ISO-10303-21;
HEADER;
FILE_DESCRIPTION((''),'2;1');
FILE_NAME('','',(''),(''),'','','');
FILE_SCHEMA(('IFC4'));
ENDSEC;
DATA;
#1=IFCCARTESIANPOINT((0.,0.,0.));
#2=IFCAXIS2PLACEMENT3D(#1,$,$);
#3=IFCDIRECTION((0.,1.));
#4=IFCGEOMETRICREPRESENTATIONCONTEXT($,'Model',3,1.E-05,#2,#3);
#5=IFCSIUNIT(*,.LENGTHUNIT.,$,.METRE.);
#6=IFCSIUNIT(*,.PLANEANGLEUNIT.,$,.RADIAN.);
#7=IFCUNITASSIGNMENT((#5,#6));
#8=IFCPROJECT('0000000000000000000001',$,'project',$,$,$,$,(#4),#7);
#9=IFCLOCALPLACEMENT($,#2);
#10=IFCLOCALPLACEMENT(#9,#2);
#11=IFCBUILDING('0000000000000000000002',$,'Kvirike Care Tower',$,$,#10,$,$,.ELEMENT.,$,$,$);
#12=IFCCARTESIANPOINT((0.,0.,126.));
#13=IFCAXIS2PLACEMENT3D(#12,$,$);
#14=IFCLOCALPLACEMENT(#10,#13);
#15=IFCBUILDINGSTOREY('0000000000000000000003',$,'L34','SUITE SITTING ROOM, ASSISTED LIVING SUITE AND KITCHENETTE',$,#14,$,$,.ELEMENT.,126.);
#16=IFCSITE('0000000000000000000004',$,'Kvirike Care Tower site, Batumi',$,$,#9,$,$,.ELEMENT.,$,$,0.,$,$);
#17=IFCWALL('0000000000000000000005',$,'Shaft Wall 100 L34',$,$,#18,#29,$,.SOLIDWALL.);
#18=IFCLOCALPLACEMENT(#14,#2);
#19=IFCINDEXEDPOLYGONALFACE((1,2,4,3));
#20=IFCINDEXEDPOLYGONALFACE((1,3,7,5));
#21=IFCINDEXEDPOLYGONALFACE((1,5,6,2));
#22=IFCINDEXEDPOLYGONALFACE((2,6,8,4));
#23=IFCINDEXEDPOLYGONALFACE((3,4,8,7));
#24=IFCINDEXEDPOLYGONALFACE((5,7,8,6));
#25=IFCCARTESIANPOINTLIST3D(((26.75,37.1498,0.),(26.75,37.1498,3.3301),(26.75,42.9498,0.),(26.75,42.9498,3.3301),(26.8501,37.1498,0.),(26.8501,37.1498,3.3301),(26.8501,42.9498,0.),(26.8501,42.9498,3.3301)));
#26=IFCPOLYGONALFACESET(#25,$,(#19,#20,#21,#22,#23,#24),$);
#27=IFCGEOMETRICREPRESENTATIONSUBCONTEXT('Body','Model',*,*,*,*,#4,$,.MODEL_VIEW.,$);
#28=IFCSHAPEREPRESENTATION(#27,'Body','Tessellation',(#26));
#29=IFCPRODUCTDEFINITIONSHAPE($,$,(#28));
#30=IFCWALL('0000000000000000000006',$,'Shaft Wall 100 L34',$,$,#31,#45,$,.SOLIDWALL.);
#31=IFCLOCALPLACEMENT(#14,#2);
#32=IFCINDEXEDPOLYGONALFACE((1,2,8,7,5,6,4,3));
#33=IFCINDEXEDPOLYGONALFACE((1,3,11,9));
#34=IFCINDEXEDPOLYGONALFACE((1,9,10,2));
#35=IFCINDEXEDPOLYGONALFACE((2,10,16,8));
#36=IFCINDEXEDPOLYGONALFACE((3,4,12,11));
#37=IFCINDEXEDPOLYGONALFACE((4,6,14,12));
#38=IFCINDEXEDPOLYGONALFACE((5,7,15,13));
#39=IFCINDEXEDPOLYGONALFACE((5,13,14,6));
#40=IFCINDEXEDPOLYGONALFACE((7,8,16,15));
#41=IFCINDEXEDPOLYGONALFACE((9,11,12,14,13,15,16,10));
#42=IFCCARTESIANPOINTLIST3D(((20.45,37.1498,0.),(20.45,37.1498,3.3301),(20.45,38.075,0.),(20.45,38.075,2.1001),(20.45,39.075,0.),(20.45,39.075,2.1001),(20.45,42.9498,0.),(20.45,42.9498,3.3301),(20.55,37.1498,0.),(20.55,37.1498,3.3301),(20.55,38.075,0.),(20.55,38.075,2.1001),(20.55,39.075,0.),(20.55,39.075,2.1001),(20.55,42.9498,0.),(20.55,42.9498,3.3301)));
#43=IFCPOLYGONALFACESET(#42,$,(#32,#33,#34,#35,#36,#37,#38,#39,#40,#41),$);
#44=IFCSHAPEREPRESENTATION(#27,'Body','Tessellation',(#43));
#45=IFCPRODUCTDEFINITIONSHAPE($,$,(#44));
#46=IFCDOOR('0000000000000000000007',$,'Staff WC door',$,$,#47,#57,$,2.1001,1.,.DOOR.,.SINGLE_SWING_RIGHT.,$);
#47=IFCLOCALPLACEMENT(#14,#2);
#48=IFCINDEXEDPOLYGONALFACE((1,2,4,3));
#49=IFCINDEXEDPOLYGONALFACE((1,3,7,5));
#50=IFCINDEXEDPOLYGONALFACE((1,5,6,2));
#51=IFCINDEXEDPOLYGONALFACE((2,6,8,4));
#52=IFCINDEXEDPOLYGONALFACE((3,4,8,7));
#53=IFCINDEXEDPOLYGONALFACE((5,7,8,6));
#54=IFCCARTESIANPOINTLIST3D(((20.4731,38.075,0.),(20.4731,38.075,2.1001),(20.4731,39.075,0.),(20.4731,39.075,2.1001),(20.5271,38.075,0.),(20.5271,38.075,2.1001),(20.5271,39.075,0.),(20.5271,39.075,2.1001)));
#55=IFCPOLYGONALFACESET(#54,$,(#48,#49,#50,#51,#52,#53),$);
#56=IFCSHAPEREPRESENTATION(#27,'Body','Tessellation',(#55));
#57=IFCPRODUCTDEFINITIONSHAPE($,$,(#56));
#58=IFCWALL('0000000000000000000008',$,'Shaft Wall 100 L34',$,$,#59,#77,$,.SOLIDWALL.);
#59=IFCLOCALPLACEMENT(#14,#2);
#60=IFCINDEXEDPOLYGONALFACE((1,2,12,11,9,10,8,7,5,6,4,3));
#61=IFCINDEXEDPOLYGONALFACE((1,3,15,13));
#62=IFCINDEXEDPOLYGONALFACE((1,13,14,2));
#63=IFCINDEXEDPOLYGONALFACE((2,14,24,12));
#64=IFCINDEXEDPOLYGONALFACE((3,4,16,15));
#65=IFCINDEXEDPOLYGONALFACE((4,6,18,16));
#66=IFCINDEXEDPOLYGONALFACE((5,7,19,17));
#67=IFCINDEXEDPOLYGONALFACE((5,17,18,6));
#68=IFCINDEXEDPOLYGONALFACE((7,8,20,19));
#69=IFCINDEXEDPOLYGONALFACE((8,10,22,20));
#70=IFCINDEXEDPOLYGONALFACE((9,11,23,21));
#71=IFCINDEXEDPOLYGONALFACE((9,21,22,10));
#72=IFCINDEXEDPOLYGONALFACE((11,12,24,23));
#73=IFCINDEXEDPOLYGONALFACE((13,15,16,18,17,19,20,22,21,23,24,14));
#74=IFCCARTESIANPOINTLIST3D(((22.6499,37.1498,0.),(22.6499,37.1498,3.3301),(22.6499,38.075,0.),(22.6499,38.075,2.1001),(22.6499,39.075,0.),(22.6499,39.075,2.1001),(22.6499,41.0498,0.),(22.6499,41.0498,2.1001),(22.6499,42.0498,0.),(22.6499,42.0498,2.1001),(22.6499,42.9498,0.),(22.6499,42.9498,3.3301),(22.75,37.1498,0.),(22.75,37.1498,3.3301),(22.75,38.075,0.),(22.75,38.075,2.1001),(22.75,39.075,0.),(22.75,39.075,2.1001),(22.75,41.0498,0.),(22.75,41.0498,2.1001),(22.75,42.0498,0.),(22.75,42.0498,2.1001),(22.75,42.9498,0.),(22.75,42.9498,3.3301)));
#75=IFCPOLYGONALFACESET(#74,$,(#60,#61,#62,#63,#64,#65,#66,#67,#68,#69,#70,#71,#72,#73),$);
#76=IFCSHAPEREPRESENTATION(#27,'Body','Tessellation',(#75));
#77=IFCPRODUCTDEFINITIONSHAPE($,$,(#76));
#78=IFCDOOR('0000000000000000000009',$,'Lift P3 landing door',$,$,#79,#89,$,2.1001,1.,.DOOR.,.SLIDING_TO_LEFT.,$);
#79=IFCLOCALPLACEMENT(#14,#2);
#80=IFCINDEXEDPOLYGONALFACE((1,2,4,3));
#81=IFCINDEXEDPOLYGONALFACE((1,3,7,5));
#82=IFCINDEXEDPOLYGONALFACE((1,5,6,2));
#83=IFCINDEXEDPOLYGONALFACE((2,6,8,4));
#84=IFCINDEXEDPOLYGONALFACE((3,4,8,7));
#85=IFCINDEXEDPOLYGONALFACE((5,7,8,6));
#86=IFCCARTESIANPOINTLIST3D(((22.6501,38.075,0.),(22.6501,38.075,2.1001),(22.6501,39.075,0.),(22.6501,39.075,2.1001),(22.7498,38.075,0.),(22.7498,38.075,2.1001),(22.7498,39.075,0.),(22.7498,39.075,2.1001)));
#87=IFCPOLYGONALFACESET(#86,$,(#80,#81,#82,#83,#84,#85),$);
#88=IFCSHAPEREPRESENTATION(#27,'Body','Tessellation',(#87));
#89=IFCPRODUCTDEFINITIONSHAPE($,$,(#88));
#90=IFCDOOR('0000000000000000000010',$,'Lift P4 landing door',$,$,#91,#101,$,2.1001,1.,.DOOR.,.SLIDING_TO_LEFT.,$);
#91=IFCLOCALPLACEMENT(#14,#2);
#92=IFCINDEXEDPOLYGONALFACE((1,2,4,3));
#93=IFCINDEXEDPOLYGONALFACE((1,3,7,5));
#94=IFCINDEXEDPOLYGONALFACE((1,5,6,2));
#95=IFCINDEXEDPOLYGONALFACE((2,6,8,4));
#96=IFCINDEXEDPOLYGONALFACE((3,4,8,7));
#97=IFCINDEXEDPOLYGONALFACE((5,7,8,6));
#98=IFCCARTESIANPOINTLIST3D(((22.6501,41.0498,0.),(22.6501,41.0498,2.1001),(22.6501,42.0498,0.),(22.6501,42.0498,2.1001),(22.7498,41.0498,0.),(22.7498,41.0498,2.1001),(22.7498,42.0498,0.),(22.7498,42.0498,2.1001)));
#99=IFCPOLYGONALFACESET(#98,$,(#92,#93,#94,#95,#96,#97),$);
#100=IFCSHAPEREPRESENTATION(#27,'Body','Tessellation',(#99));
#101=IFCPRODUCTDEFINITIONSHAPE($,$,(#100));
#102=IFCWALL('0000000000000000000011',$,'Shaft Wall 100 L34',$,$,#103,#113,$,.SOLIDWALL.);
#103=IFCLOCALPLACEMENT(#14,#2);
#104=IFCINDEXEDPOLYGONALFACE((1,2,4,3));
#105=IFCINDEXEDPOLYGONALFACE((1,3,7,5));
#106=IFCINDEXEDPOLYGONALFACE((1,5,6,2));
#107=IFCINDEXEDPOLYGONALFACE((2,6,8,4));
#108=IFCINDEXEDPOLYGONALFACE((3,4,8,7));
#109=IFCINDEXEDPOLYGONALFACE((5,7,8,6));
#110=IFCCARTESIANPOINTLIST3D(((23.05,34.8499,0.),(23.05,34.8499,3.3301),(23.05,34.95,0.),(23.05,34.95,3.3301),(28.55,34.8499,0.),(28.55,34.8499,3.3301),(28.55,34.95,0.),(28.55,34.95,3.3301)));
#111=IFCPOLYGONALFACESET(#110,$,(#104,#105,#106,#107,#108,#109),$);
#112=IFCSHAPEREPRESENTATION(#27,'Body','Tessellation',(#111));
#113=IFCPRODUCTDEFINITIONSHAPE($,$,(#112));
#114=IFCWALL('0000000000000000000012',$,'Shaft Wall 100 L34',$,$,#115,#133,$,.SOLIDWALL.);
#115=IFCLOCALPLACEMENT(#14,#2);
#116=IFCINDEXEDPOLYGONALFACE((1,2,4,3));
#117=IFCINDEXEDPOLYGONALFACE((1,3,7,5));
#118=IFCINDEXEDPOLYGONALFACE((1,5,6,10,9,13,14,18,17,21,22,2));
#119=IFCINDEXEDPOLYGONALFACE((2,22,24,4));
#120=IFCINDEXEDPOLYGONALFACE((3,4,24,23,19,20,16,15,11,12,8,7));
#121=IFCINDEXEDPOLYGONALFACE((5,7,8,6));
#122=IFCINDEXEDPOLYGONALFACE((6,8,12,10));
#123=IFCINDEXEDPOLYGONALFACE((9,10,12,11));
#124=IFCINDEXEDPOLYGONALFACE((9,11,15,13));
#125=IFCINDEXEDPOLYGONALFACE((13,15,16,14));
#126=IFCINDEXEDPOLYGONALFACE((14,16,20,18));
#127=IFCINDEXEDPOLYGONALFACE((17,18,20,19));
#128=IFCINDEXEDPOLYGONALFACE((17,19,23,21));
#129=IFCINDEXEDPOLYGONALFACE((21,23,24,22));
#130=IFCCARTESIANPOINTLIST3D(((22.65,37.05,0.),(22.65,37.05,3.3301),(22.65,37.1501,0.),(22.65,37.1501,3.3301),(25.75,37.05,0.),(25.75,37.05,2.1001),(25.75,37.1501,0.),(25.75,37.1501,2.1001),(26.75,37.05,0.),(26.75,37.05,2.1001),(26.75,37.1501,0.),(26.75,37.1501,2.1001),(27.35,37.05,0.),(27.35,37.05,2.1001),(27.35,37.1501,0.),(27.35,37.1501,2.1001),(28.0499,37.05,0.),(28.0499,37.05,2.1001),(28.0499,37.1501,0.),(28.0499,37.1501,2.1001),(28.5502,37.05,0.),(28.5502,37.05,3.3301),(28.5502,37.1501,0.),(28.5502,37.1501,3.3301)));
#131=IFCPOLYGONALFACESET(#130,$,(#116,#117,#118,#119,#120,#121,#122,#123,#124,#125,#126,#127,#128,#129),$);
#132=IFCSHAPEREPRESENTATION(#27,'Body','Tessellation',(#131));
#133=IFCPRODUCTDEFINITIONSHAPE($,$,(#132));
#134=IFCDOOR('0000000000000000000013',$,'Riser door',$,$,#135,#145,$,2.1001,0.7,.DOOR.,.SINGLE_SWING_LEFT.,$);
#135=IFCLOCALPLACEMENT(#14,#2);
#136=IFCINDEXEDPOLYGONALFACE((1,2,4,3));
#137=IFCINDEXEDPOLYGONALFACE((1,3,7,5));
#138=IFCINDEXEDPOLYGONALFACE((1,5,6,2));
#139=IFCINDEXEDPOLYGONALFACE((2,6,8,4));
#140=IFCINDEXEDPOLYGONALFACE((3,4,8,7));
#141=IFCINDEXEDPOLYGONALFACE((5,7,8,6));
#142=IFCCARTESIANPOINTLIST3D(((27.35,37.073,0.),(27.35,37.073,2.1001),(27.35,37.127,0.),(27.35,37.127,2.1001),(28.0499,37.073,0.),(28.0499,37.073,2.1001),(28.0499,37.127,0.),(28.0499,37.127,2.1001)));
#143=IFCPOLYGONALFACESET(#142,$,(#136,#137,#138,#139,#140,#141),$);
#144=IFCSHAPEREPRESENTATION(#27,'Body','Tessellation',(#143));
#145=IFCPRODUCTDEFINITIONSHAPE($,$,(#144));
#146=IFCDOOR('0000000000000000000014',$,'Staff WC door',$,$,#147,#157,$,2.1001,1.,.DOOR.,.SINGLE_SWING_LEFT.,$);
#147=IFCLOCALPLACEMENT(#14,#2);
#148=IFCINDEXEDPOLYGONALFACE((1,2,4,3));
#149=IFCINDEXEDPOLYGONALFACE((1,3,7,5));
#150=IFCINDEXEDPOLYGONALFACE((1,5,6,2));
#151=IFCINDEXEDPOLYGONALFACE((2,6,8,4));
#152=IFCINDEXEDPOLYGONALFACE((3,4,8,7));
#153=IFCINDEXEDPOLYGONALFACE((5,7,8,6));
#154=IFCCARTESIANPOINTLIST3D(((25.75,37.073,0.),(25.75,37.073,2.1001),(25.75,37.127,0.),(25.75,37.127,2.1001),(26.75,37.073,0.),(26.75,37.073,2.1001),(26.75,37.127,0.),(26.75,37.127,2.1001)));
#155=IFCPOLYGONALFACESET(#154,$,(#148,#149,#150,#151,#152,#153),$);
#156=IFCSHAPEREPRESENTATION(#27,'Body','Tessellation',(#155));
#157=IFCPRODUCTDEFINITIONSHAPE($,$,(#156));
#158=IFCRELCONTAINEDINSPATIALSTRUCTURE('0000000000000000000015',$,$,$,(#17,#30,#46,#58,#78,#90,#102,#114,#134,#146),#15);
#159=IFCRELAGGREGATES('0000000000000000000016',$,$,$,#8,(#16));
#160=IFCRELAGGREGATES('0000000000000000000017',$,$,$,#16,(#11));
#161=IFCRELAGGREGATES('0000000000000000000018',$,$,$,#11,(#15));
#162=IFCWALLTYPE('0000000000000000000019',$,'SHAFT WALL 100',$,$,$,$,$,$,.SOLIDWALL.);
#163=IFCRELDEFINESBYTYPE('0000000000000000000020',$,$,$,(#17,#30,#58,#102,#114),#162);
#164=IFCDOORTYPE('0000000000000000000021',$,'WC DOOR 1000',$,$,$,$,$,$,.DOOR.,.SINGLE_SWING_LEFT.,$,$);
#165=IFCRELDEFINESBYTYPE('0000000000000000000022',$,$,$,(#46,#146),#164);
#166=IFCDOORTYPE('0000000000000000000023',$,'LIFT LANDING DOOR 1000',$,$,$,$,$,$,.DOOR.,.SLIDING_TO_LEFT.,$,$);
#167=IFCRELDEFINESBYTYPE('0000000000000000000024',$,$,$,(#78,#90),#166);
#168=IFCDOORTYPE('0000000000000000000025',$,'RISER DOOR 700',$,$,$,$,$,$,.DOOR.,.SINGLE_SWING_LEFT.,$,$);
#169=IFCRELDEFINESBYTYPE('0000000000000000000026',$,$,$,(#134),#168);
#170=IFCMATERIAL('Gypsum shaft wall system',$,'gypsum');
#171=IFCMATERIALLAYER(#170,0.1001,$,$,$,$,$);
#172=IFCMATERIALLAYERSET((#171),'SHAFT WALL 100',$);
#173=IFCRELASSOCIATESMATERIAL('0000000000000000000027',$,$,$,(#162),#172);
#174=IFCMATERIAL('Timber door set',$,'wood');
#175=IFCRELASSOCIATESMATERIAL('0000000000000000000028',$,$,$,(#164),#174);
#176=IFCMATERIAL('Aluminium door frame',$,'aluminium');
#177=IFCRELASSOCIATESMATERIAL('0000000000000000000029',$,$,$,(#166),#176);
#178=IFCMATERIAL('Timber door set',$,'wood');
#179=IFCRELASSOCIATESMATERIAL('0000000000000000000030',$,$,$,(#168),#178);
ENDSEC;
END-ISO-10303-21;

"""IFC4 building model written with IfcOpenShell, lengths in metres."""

from ifc_helpers import new_model, si_unit, direction, frame, frame_2d, origin, place, context, subcontext, project, spatial, rectangle, extrude, material, layer, layer_set, type_object, element, fill, save


model = new_model("IFC4")

# Units and contexts
model_context = context("Model", 3, precision=1e-05, world=origin(), true_north=direction((0.0, 1.0)))
body_context = subcontext(model_context, "Body", "Model", "MODEL_VIEW")
ifc_project = project(units=[si_unit("LENGTHUNIT", "METRE"), si_unit("PLANEANGLEUNIT", "RADIAN")], contexts=[model_context])

# Site, building, storey
site_placement = place(None, origin())
site = spatial("IfcSite", under=ifc_project, at=site_placement, Name="Kvirike Care Tower site, Batumi", CompositionType="ELEMENT", RefElevation=0.0)
building_placement = place(site_placement, origin())
building = spatial("IfcBuilding", under=site, at=building_placement, Name="Kvirike Care Tower", CompositionType="ELEMENT")
storey_placement = place(building_placement, frame((0.0, 0.0, 126.0)))
storey = spatial("IfcBuildingStorey", under=building, at=storey_placement, Name="L34", Description="SUITE SITTING ROOM, ASSISTED LIVING SUITE AND KITCHENETTE", CompositionType="ELEMENT", Elevation=126.0)

# Wall
ifc_material_1 = material(Name="Gypsum shaft wall system", Category="gypsum")
ifc_layer_1 = layer(ifc_material_1, 0.1001)
ifc_layer_set_1 = layer_set([ifc_layer_1], Name="SHAFT WALL 100")
wall_type_1 = type_object("IfcWallType", Name="SHAFT WALL 100", PredefinedType="SOLIDWALL", material=ifc_layer_set_1)
for number, where, z_axis, x_axis, name in (
    (1, (26.8, 37.1499, 0.0), (0.0, 0.0, 1.0), (0.0, 1.0, 0.0), "Shaft Wall 100 L34"),
):
    element("IfcWall", number, at=place(storey_placement, frame(where, z_axis=z_axis, x_axis=x_axis)), inside=storey, type_object=wall_type_1, Name=name, PredefinedType="SOLIDWALL", context=body_context, shape_type="SweptSolid", body=[
        extrude(rectangle(XDim=5.8, YDim=0.1001, at=frame_2d((2.8999, 0.0))), origin(), (0.0, 0.0, 1.0), 3.3301),
    ])

# Wall, opening, door
wall_1_placement = place(storey_placement, frame((20.5, 37.1499, 0.0), z_axis=(0.0, 0.0, 1.0), x_axis=(0.0, 1.0, 0.0)))
wall_1 = element("IfcWall", 2, at=wall_1_placement, inside=storey, type_object=wall_type_1, Name="Shaft Wall 100 L34", PredefinedType="SOLIDWALL", context=body_context, shape_type="SweptSolid", body=[
    extrude(rectangle(XDim=5.8, YDim=0.1001, at=frame_2d((2.8999, 0.0))), origin(), (0.0, 0.0, 1.0), 3.3301),
])
opening_1_placement = place(wall_1_placement, frame((0.925, 0.0, 0.0)))
opening_1 = element("IfcOpeningElement", 3, at=opening_1_placement, cuts=wall_1, PredefinedType="OPENING", context=body_context, shape_type="SweptSolid", body=[
    extrude(rectangle(XDim=1.0, YDim=2.1001, at=frame_2d((0.5, 1.05))), frame((0.0, 0.0605, 0.0), z_axis=(0.0, -1.0, 0.0), x_axis=(1.0, 0.0, 0.0)), (0.0, 0.0, 1.0), 0.1211),
])
ifc_material_2 = material(Name="Timber door set", Category="wood")
door_type_1 = type_object("IfcDoorType", Name="WC DOOR 1000", OperationType="SINGLE_SWING_LEFT", PredefinedType="DOOR", material=ifc_material_2)
door_1_placement = place(opening_1_placement, origin())
door_1 = element("IfcDoor", 4, at=door_1_placement, inside=storey, type_object=door_type_1, Name="Staff WC door", OperationType="SINGLE_SWING_RIGHT", OverallHeight=2.1001, OverallWidth=1.0, PredefinedType="DOOR", context=body_context, shape_type="SweptSolid", body=[
    extrude(rectangle(XDim=1.0, YDim=2.1001, at=frame_2d((0.5, 1.05))), frame((0.0, 0.0269, 0.0), z_axis=(0.0, -1.0, 0.0), x_axis=(1.0, 0.0, 0.0)), (0.0, 0.0, 1.0), 0.054),
])
fill(opening_1, door_1)

# Wall, openings, doors
wall_2_placement = place(storey_placement, frame((22.7, 37.1499, 0.0), z_axis=(0.0, 0.0, 1.0), x_axis=(0.0, 1.0, 0.0)))
wall_2 = element("IfcWall", 5, at=wall_2_placement, inside=storey, type_object=wall_type_1, Name="Shaft Wall 100 L34", PredefinedType="SOLIDWALL", context=body_context, shape_type="SweptSolid", body=[
    extrude(rectangle(XDim=5.8, YDim=0.1001, at=frame_2d((2.8999, 0.0))), origin(), (0.0, 0.0, 1.0), 3.3301),
])
opening_2_placement = place(wall_2_placement, frame((0.925, 0.0, 0.0)))
opening_2 = element("IfcOpeningElement", 6, at=opening_2_placement, cuts=wall_2, PredefinedType="OPENING", context=body_context, shape_type="SweptSolid", body=[
    extrude(rectangle(XDim=1.0, YDim=2.1001, at=frame_2d((0.5, 1.05))), frame((0.0, 0.0605, 0.0), z_axis=(0.0, -1.0, 0.0), x_axis=(1.0, 0.0, 0.0)), (0.0, 0.0, 1.0), 0.1211),
])
opening_3_placement = place(wall_2_placement, frame((3.8999, 0.0, 0.0)))
opening_3 = element("IfcOpeningElement", 7, at=opening_3_placement, cuts=wall_2, PredefinedType="OPENING", context=body_context, shape_type="SweptSolid", body=[
    extrude(rectangle(XDim=1.0, YDim=2.1001, at=frame_2d((0.5, 1.05))), frame((0.0, 0.0605, 0.0), z_axis=(0.0, -1.0, 0.0), x_axis=(1.0, 0.0, 0.0)), (0.0, 0.0, 1.0), 0.1211),
])
ifc_material_3 = material(Name="Aluminium door frame", Category="aluminium")
door_type_2 = type_object("IfcDoorType", Name="LIFT LANDING DOOR 1000", OperationType="SLIDING_TO_LEFT", PredefinedType="DOOR", material=ifc_material_3)
door_2_placement = place(opening_2_placement, origin())
door_2 = element("IfcDoor", 8, at=door_2_placement, inside=storey, type_object=door_type_2, Name="Lift P3 landing door", OperationType="SLIDING_TO_LEFT", OverallHeight=2.1001, OverallWidth=1.0, PredefinedType="DOOR", context=body_context, shape_type="SweptSolid", body=[
    extrude(rectangle(XDim=1.0, YDim=2.1001, at=frame_2d((0.5, 1.05))), frame((0.0, 0.0498, 0.0), z_axis=(0.0, -1.0, 0.0), x_axis=(1.0, 0.0, 0.0)), (0.0, 0.0, 1.0), 0.0996),
])
fill(opening_2, door_2)
door_3_placement = place(opening_3_placement, origin())
door_3 = element("IfcDoor", 9, at=door_3_placement, inside=storey, type_object=door_type_2, Name="Lift P4 landing door", OperationType="SLIDING_TO_LEFT", OverallHeight=2.1001, OverallWidth=1.0, PredefinedType="DOOR", context=body_context, shape_type="SweptSolid", body=[
    extrude(rectangle(XDim=1.0, YDim=2.1001, at=frame_2d((0.5, 1.05))), frame((0.0, 0.0498, 0.0), z_axis=(0.0, -1.0, 0.0), x_axis=(1.0, 0.0, 0.0)), (0.0, 0.0, 1.0), 0.0996),
])
fill(opening_3, door_3)

# Wall
wall_3_placement = place(storey_placement, frame((23.05, 34.8999, 0.0), z_axis=(0.0, 0.0, 1.0), x_axis=(1.0, 0.0, 0.0)))
element("IfcWall", 10, at=wall_3_placement, inside=storey, type_object=wall_type_1, Name="Shaft Wall 100 L34", PredefinedType="SOLIDWALL", context=body_context, shape_type="SweptSolid", body=[
    extrude(rectangle(XDim=5.5, YDim=0.1001, at=frame_2d((2.75, 0.0))), origin(), (0.0, 0.0, 1.0), 3.3301),
])

# Wall, openings, doors
wall_4_placement = place(storey_placement, frame((22.6499, 37.1001, 0.0), z_axis=(0.0, 0.0, 1.0), x_axis=(1.0, 0.0, 0.0)))
wall_4 = element("IfcWall", 11, at=wall_4_placement, inside=storey, type_object=wall_type_1, Name="Shaft Wall 100 L34", PredefinedType="SOLIDWALL", context=body_context, shape_type="SweptSolid", body=[
    extrude(rectangle(XDim=5.9001, YDim=0.1001, at=frame_2d((2.9502, 0.0))), origin(), (0.0, 0.0, 1.0), 3.3301),
])
opening_4_placement = place(wall_4_placement, frame((3.1001, 0.0, 0.0)))
opening_4 = element("IfcOpeningElement", 12, at=opening_4_placement, cuts=wall_4, PredefinedType="OPENING", context=body_context, shape_type="SweptSolid", body=[
    extrude(rectangle(XDim=1.0, YDim=2.1001, at=frame_2d((0.5, 1.05))), frame((0.0, 0.0605, 0.0), z_axis=(0.0, -1.0, 0.0), x_axis=(1.0, 0.0, 0.0)), (0.0, 0.0, 1.0), 0.1211),
])
opening_5_placement = place(wall_4_placement, frame((4.7, 0.0, 0.0)))
opening_5 = element("IfcOpeningElement", 13, at=opening_5_placement, cuts=wall_4, PredefinedType="OPENING", context=body_context, shape_type="SweptSolid", body=[
    extrude(rectangle(XDim=0.7, YDim=2.1001, at=frame_2d((0.3501, 1.05))), frame((0.0, 0.0605, 0.0), z_axis=(0.0, -1.0, 0.0), x_axis=(1.0, 0.0, 0.0)), (0.0, 0.0, 1.0), 0.1211),
])
ifc_material_4 = material(Name="Timber door set", Category="wood")
door_type_3 = type_object("IfcDoorType", Name="RISER DOOR 700", OperationType="SINGLE_SWING_LEFT", PredefinedType="DOOR", material=ifc_material_4)
door_4_placement = place(opening_5_placement, origin())
door_4 = element("IfcDoor", 14, at=door_4_placement, inside=storey, type_object=door_type_3, Name="Riser door", OperationType="SINGLE_SWING_LEFT", OverallHeight=2.1001, OverallWidth=0.7, PredefinedType="DOOR", context=body_context, shape_type="SweptSolid", body=[
    extrude(rectangle(XDim=0.7, YDim=2.1001, at=frame_2d((0.3501, 1.05))), frame((0.0, 0.0269, 0.0), z_axis=(0.0, -1.0, 0.0), x_axis=(1.0, 0.0, 0.0)), (0.0, 0.0, 1.0), 0.054),
])
fill(opening_5, door_4)
door_5_placement = place(opening_4_placement, origin())
door_5 = element("IfcDoor", 15, at=door_5_placement, inside=storey, type_object=door_type_1, Name="Staff WC door", OperationType="SINGLE_SWING_LEFT", OverallHeight=2.1001, OverallWidth=1.0, PredefinedType="DOOR", context=body_context, shape_type="SweptSolid", body=[
    extrude(rectangle(XDim=1.0, YDim=2.1001, at=frame_2d((0.5, 1.05))), frame((0.0, 0.0269, 0.0), z_axis=(0.0, -1.0, 0.0), x_axis=(1.0, 0.0, 0.0)), (0.0, 0.0, 1.0), 0.054),
])
fill(opening_4, door_5)

save(model, "model.ifc")
